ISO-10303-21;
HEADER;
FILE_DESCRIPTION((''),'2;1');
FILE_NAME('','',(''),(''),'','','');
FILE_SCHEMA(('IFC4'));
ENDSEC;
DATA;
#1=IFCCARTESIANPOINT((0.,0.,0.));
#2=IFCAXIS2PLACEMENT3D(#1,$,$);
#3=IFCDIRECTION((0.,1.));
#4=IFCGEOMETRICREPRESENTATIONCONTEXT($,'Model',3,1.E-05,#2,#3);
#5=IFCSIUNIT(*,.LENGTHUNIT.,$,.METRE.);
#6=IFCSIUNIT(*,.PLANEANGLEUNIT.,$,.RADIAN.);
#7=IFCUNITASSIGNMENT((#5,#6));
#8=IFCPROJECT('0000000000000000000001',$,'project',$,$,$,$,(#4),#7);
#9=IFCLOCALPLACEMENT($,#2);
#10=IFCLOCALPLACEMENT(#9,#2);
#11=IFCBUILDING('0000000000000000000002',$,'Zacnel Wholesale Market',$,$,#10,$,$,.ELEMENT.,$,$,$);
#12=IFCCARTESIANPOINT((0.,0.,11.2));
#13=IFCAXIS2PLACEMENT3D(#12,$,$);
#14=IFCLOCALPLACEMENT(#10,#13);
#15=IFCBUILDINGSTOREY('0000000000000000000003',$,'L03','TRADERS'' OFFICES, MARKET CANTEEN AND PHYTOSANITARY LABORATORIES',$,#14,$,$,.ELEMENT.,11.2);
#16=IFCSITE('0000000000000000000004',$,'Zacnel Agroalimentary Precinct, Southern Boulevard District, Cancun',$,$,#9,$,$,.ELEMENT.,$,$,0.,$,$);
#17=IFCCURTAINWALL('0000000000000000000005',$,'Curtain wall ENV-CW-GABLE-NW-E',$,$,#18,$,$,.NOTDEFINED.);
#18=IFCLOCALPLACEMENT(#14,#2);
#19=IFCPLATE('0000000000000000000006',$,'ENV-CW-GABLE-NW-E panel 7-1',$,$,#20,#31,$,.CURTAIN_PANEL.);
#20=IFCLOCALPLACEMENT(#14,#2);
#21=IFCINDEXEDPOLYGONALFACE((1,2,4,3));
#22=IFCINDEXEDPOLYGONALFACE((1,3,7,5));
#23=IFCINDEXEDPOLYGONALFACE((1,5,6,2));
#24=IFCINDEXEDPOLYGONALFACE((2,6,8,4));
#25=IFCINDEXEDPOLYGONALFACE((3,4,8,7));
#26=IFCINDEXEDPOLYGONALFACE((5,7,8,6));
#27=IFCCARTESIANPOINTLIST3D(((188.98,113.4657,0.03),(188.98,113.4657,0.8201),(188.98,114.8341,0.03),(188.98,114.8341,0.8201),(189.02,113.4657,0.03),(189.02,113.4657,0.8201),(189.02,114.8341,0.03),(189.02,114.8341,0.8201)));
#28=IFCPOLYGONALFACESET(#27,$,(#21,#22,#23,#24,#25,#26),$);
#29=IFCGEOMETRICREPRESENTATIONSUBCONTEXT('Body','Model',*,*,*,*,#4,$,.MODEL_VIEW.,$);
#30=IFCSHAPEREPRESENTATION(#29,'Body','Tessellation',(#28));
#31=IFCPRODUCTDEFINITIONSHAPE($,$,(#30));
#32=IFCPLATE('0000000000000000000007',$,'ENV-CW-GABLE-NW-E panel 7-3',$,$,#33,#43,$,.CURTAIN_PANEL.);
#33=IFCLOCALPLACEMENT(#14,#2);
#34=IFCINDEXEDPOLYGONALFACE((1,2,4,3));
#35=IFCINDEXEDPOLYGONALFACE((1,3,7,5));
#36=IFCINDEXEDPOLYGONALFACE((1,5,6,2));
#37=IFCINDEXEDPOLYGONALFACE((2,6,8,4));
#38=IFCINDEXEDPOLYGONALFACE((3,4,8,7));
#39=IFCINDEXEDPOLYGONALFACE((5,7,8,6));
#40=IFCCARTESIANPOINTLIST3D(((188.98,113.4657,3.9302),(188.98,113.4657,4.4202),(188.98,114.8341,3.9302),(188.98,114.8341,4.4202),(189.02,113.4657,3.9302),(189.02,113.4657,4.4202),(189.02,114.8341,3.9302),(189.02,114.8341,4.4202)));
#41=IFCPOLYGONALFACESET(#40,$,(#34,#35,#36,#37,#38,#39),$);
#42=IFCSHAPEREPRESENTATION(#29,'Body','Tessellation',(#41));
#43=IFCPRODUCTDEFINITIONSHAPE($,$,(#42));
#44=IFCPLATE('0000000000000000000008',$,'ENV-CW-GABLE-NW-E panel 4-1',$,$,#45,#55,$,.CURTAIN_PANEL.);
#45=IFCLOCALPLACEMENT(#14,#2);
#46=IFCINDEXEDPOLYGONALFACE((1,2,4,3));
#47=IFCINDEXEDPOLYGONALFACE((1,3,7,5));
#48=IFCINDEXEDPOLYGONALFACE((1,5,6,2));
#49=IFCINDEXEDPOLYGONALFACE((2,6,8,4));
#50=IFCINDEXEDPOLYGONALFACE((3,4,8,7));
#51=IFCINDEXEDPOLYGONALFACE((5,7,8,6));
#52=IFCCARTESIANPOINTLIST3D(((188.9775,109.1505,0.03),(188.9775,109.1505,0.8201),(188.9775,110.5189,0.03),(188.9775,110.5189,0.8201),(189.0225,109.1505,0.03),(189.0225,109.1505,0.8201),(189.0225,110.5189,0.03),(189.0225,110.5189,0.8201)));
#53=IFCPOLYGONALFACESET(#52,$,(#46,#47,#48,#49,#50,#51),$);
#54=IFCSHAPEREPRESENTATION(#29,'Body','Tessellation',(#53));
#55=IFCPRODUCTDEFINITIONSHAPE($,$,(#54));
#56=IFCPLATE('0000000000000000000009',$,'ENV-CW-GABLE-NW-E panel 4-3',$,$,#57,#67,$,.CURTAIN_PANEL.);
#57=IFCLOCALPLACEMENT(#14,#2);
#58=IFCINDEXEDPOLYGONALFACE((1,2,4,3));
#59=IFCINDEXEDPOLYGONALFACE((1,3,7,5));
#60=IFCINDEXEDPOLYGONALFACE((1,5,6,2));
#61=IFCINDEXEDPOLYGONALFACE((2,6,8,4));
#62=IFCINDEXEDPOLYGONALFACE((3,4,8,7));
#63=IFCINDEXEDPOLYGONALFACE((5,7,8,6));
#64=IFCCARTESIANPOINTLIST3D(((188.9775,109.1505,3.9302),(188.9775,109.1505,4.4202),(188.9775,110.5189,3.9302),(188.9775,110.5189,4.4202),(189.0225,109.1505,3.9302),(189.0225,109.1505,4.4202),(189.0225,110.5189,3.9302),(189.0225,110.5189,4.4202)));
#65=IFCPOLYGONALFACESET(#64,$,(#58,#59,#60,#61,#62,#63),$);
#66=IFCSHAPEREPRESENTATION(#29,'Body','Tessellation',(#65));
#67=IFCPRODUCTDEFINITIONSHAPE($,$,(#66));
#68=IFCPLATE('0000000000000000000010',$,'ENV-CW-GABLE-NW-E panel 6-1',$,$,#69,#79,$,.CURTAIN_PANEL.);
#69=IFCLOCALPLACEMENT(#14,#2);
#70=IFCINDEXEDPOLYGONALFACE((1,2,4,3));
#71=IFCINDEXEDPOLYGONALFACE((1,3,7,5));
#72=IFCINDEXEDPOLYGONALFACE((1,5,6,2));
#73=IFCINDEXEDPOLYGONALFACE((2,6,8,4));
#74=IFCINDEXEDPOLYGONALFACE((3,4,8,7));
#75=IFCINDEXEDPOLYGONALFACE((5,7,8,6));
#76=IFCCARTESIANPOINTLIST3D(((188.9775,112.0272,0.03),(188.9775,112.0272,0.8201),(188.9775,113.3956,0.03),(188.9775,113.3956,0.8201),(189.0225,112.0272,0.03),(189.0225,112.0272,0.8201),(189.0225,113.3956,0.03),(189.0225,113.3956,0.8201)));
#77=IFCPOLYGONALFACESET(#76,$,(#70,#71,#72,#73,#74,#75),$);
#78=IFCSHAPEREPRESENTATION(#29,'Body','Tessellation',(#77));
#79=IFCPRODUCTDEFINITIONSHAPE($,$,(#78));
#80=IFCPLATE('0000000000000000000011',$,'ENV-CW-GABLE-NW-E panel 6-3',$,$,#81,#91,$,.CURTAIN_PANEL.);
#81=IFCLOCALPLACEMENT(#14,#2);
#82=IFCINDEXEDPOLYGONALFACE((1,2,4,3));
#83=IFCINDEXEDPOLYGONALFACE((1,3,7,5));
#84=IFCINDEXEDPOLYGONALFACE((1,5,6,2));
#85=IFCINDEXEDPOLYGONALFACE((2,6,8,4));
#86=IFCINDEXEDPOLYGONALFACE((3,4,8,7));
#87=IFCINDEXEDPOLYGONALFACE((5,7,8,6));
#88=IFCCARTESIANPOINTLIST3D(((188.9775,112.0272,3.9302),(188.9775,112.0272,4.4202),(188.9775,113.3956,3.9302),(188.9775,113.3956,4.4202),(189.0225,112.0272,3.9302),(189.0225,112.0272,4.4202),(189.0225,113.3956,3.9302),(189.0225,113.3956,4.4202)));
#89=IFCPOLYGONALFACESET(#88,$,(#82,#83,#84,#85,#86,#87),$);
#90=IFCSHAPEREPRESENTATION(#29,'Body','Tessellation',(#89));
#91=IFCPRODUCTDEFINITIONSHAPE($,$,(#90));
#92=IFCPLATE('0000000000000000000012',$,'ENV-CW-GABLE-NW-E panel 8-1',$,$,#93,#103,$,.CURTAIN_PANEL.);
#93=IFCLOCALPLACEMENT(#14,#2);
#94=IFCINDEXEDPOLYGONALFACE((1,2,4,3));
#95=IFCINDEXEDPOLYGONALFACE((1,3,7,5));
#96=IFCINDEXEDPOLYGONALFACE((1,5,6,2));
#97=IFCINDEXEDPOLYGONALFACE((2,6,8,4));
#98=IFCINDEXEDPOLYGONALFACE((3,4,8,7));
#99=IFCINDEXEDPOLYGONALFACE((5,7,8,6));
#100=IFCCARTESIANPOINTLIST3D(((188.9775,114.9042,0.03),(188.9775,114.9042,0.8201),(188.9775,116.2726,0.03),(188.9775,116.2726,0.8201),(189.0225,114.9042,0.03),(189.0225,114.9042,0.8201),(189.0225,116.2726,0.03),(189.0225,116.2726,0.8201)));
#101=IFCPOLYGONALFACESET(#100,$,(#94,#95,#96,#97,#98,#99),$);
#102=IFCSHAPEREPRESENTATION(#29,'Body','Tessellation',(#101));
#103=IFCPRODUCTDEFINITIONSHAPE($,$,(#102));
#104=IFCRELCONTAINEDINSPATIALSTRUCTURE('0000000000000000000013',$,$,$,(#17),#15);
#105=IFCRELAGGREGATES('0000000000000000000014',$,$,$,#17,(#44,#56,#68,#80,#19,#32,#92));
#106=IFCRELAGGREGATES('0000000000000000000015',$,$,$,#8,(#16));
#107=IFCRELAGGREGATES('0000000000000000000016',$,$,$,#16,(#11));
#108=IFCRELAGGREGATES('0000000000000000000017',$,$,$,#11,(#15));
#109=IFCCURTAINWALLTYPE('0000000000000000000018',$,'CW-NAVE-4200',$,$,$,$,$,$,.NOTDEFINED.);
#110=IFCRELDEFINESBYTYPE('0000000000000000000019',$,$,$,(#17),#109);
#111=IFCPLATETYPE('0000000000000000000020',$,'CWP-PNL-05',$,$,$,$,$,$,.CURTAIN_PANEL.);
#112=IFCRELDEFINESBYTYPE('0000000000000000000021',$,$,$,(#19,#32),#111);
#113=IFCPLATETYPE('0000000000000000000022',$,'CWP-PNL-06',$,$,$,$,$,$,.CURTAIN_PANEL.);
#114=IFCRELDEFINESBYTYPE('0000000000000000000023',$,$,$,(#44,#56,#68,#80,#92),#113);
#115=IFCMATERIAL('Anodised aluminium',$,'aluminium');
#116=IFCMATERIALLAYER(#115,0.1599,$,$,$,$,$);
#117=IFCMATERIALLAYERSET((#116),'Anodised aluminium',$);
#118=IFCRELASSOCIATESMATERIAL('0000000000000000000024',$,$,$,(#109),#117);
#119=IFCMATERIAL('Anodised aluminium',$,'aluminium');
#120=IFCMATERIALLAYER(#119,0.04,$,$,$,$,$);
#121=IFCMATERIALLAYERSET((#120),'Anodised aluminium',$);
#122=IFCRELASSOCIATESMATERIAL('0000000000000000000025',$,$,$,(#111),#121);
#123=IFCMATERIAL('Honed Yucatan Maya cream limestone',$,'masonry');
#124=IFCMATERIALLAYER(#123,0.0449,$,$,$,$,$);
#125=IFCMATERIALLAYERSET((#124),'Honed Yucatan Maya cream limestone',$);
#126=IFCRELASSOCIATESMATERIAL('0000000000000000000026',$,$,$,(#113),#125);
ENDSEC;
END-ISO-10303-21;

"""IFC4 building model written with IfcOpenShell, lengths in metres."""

from ifc_helpers import new_model, si_unit, direction, frame, origin, origin_2d, place, context, subcontext, project, spatial, rectangle, extrude, material, layer, layer_set, type_object, element, aggregate, save


model = new_model("IFC4")

# Units and contexts
model_context = context("Model", 3, precision=1e-05, world=origin(), true_north=direction((0.0, 1.0)))
body_context = subcontext(model_context, "Body", "Model", "MODEL_VIEW")
ifc_project = project(units=[si_unit("LENGTHUNIT", "METRE"), si_unit("PLANEANGLEUNIT", "RADIAN")], contexts=[model_context])

# Site, building, storey
site_placement = place(None, origin())
site = spatial("IfcSite", under=ifc_project, at=site_placement, Name="Zacnel Agroalimentary Precinct, Southern Boulevard District, Cancun", CompositionType="ELEMENT", RefElevation=0.0)
building_placement = place(site_placement, origin())
building = spatial("IfcBuilding", under=site, at=building_placement, Name="Zacnel Wholesale Market", CompositionType="ELEMENT")
storey_placement = place(building_placement, frame((0.0, 0.0, 11.2)))
storey = spatial("IfcBuildingStorey", under=building, at=storey_placement, Name="L03", Description="TRADERS' OFFICES, MARKET CANTEEN AND PHYTOSANITARY LABORATORIES", CompositionType="ELEMENT", Elevation=11.2)

# Curtain wall, plates
ifc_material_1 = material(Name="Anodised aluminium", Category="aluminium")
ifc_layer_1 = layer(ifc_material_1, 0.1599)
ifc_layer_set_1 = layer_set([ifc_layer_1], Name="Anodised aluminium")
curtain_wall_type = type_object("IfcCurtainWallType", Name="CW-NAVE-4200", PredefinedType="NOTDEFINED", material=ifc_layer_set_1)
curtain_wall_placement = place(storey_placement, origin())
curtain_wall = element("IfcCurtainWall", 1, at=curtain_wall_placement, inside=storey, type_object=curtain_wall_type, Name="Curtain wall ENV-CW-GABLE-NW-E", PredefinedType="NOTDEFINED")
ifc_material_2 = material(Name="Anodised aluminium", Category="aluminium")
ifc_layer_2 = layer(ifc_material_2, 0.04)
ifc_layer_set_2 = layer_set([ifc_layer_2], Name="Anodised aluminium")
plate_type_1 = type_object("IfcPlateType", Name="CWP-PNL-05", PredefinedType="CURTAIN_PANEL", material=ifc_layer_set_2)
plate_1_placement = place(storey_placement, frame((189.0, 114.1499, 0.03), z_axis=(0.0, 0.0, 1.0), x_axis=(0.0, 1.0, 0.0)))
plate_1 = element("IfcPlate", 2, at=plate_1_placement, type_object=plate_type_1, Name="ENV-CW-GABLE-NW-E panel 7-1", PredefinedType="CURTAIN_PANEL", context=body_context, shape_type="SweptSolid", body=[
    extrude(rectangle(XDim=1.3684, YDim=0.04, at=origin_2d()), origin(), (0.0, 0.0, 1.0), 0.79),
])
plate_2_placement = place(storey_placement, frame((189.0, 114.1499, 3.9302), z_axis=(0.0, 0.0, 1.0), x_axis=(0.0, 1.0, 0.0)))
plate_2 = element("IfcPlate", 3, at=plate_2_placement, type_object=plate_type_1, Name="ENV-CW-GABLE-NW-E panel 7-3", PredefinedType="CURTAIN_PANEL", context=body_context, shape_type="SweptSolid", body=[
    extrude(rectangle(XDim=1.3684, YDim=0.04, at=origin_2d()), origin(), (0.0, 0.0, 1.0), 0.49),
])
ifc_material_3 = material(Name="Honed Yucatan Maya cream limestone", Category="masonry")
ifc_layer_3 = layer(ifc_material_3, 0.0449)
ifc_layer_set_3 = layer_set([ifc_layer_3], Name="Honed Yucatan Maya cream limestone")
plate_type_2 = type_object("IfcPlateType", Name="CWP-PNL-06", PredefinedType="CURTAIN_PANEL", material=ifc_layer_set_3)
plate_3_placement = place(storey_placement, frame((189.0, 109.8347, 0.03), z_axis=(0.0, 0.0, 1.0), x_axis=(0.0, 1.0, 0.0)))
plate_3 = element("IfcPlate", 4, at=plate_3_placement, type_object=plate_type_2, Name="ENV-CW-GABLE-NW-E panel 4-1", PredefinedType="CURTAIN_PANEL", context=body_context, shape_type="SweptSolid", body=[
    extrude(rectangle(XDim=1.3684, YDim=0.0449, at=origin_2d()), origin(), (0.0, 0.0, 1.0), 0.79),
])
plate_4_placement = place(storey_placement, frame((189.0, 109.8347, 3.9302), z_axis=(0.0, 0.0, 1.0), x_axis=(0.0, 1.0, 0.0)))
plate_4 = element("IfcPlate", 5, at=plate_4_placement, type_object=plate_type_2, Name="ENV-CW-GABLE-NW-E panel 4-3", PredefinedType="CURTAIN_PANEL", context=body_context, shape_type="SweptSolid", body=[
    extrude(rectangle(XDim=1.3684, YDim=0.0449, at=origin_2d()), origin(), (0.0, 0.0, 1.0), 0.49),
])
plate_5_placement = place(storey_placement, frame((189.0, 112.7114, 0.03), z_axis=(0.0, 0.0, 1.0), x_axis=(0.0, 1.0, 0.0)))
plate_5 = element("IfcPlate", 6, at=plate_5_placement, type_object=plate_type_2, Name="ENV-CW-GABLE-NW-E panel 6-1", PredefinedType="CURTAIN_PANEL", context=body_context, shape_type="SweptSolid", body=[
    extrude(rectangle(XDim=1.3684, YDim=0.0449, at=origin_2d()), origin(), (0.0, 0.0, 1.0), 0.79),
])
plate_6_placement = place(storey_placement, frame((189.0, 112.7114, 3.9302), z_axis=(0.0, 0.0, 1.0), x_axis=(0.0, 1.0, 0.0)))
plate_6 = element("IfcPlate", 7, at=plate_6_placement, type_object=plate_type_2, Name="ENV-CW-GABLE-NW-E panel 6-3", PredefinedType="CURTAIN_PANEL", context=body_context, shape_type="SweptSolid", body=[
    extrude(rectangle(XDim=1.3684, YDim=0.0449, at=origin_2d()), origin(), (0.0, 0.0, 1.0), 0.49),
])
plate_7_placement = place(storey_placement, frame((189.0, 115.5884, 0.03), z_axis=(0.0, 0.0, 1.0), x_axis=(0.0, 1.0, 0.0)))
plate_7 = element("IfcPlate", 8, at=plate_7_placement, type_object=plate_type_2, Name="ENV-CW-GABLE-NW-E panel 8-1", PredefinedType="CURTAIN_PANEL", context=body_context, shape_type="SweptSolid", body=[
    extrude(rectangle(XDim=1.3684, YDim=0.0449, at=origin_2d()), origin(), (0.0, 0.0, 1.0), 0.79),
])
aggregate(curtain_wall, [plate_3, plate_4, plate_5, plate_6, plate_1, plate_2, plate_7])

save(model, "model.ifc")
